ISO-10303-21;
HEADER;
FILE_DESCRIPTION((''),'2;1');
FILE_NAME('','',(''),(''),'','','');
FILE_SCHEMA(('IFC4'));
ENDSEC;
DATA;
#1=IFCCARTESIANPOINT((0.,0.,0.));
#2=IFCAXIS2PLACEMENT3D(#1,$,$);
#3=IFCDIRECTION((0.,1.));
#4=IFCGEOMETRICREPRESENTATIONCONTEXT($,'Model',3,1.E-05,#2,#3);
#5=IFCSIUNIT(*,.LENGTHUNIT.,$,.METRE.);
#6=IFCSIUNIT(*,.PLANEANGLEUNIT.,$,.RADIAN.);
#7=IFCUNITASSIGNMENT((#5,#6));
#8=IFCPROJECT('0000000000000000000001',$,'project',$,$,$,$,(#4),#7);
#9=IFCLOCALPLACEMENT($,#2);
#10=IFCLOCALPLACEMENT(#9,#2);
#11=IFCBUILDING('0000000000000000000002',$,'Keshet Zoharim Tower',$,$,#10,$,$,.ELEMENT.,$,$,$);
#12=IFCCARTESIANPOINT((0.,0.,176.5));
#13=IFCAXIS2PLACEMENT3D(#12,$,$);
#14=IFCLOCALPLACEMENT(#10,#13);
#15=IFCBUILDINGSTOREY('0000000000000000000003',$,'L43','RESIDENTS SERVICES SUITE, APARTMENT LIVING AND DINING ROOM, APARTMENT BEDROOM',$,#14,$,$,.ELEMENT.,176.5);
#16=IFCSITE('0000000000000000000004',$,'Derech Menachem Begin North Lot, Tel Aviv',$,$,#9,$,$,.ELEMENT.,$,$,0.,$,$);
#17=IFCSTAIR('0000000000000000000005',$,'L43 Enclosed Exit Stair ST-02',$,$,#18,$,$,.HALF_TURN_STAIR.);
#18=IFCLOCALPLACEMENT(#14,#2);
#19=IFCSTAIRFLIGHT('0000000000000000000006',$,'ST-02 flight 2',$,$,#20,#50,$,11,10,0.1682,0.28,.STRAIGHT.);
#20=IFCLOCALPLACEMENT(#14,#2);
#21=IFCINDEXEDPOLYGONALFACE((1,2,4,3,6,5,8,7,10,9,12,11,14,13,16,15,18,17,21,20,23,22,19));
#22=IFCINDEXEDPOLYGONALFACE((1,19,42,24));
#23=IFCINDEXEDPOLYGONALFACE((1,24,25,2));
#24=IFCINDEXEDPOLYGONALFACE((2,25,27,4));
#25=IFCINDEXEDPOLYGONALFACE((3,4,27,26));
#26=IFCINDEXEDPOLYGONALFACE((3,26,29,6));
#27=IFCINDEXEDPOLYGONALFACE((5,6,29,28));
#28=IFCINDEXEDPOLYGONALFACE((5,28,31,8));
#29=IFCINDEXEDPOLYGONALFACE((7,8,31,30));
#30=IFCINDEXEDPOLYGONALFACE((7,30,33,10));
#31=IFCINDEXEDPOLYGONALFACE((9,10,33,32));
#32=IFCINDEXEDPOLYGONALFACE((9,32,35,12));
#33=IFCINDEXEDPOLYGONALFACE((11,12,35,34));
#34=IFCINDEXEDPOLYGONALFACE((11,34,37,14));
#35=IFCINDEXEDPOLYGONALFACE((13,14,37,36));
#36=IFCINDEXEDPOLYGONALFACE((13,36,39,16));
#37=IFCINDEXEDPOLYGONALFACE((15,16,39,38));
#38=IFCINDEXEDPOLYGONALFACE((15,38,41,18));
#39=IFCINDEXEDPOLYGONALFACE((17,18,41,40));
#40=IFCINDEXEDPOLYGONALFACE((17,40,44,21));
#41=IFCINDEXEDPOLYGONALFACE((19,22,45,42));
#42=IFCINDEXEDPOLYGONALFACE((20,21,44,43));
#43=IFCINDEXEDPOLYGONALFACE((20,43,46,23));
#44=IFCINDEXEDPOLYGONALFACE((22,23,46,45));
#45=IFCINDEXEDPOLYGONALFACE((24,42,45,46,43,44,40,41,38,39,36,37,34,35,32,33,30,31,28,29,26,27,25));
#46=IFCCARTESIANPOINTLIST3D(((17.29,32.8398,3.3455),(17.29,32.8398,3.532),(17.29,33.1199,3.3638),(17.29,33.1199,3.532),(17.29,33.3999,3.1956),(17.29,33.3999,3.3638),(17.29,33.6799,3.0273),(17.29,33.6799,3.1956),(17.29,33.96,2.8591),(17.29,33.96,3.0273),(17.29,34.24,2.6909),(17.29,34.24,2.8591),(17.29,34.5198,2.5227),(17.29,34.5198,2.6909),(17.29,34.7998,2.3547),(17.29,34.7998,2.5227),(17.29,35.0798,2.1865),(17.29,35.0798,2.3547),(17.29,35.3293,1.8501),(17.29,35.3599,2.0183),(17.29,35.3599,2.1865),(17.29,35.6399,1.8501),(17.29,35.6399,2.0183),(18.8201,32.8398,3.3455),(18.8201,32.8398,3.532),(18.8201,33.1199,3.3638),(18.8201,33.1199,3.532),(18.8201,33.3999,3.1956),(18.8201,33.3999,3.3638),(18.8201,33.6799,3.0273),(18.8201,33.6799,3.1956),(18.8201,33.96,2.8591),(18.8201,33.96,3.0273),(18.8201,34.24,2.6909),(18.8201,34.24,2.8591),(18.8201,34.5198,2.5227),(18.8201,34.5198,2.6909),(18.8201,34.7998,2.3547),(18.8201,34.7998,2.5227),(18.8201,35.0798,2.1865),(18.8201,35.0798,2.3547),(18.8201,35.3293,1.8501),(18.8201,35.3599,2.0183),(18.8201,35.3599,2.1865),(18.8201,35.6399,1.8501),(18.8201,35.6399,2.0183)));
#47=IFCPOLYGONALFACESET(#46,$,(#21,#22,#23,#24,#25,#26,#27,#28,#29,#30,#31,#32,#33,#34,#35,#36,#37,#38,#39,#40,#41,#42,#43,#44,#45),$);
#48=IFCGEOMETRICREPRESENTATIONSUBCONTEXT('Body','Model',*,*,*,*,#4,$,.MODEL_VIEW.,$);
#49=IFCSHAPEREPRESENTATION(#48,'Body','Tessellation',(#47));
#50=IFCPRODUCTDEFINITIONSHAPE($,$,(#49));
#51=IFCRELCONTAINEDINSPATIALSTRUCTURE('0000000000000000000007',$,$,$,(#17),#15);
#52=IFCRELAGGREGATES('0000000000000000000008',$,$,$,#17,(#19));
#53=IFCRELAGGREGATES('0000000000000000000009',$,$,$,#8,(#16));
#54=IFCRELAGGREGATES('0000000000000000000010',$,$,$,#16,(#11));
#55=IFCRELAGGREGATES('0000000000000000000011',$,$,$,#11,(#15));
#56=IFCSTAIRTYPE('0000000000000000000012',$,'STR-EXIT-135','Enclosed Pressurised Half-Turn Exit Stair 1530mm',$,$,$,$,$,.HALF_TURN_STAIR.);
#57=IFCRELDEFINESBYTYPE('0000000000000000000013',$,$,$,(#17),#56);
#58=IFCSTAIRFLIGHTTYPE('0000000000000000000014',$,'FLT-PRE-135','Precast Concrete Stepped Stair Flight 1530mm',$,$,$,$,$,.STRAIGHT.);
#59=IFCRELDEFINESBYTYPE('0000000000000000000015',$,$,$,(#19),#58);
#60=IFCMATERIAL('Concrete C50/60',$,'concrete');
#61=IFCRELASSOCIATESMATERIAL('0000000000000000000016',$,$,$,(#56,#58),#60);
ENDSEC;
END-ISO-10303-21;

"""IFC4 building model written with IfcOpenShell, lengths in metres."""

from ifc_helpers import new_model, si_unit, direction, frame, origin, place, context, subcontext, project, spatial, polyline, outline, extrude, material, type_object, element, aggregate, save


model = new_model("IFC4")

# Units and contexts
model_context = context("Model", 3, precision=1e-05, world=origin(), true_north=direction((0.0, 1.0)))
body_context = subcontext(model_context, "Body", "Model", "MODEL_VIEW")
ifc_project = project(units=[si_unit("LENGTHUNIT", "METRE"), si_unit("PLANEANGLEUNIT", "RADIAN")], contexts=[model_context])

# Site, building, storey
site_placement = place(None, origin())
site = spatial("IfcSite", under=ifc_project, at=site_placement, Name="Derech Menachem Begin North Lot, Tel Aviv", CompositionType="ELEMENT", RefElevation=0.0)
building_placement = place(site_placement, origin())
building = spatial("IfcBuilding", under=site, at=building_placement, Name="Keshet Zoharim Tower", CompositionType="ELEMENT")
storey_placement = place(building_placement, frame((0.0, 0.0, 176.5)))
storey = spatial("IfcBuildingStorey", under=building, at=storey_placement, Name="L43", Description="RESIDENTS SERVICES SUITE, APARTMENT LIVING AND DINING ROOM, APARTMENT BEDROOM", CompositionType="ELEMENT", Elevation=176.5)

# Shared definitions
ifc_material_1 = material(Name="Concrete C50/60", Category="concrete")

# Stair, stair flight
stair_type = type_object("IfcStairType", Name="STR-EXIT-135", Description="Enclosed Pressurised Half-Turn Exit Stair 1530mm", PredefinedType="HALF_TURN_STAIR", material=ifc_material_1)
stair_placement = place(storey_placement, origin())
stair = element("IfcStair", 1, at=stair_placement, inside=storey, type_object=stair_type, Name="L43 Enclosed Exit Stair ST-02", PredefinedType="HALF_TURN_STAIR")
stair_flight_type = type_object("IfcStairFlightType", Name="FLT-PRE-135", Description="Precast Concrete Stepped Stair Flight 1530mm", PredefinedType="STRAIGHT", material=ifc_material_1)
stair_flight_1_placement = place(storey_placement, frame((18.0549, 35.6399, 1.8501), z_axis=(0.0, 0.0, 1.0), x_axis=(0.0, -1.0, 0.0)))
stair_flight_1 = element("IfcStairFlight", 2, at=stair_flight_1_placement, type_object=stair_flight_type, Name="ST-02 flight 2", NumberOfRisers=11, NumberOfTreads=10, PredefinedType="STRAIGHT", RiserHeight=0.1682, TreadLength=0.28, context=body_context, shape_type="SweptSolid", body=[
    extrude(outline(polyline([(0.0, 0.0), (0.0, 0.1682), (0.28, 0.1682), (0.28, 0.3364), (0.5601, 0.3364), (0.5601, 0.5046), (0.8401, 0.5046), (0.8401, 0.6726), (1.1201, 0.6726), (1.1201, 0.8408), (1.3999, 0.8408), (1.3999, 1.009), (1.6799, 1.009), (1.6799, 1.1772), (1.96, 1.1772), (1.96, 1.3455), (2.24, 1.3455), (2.24, 1.5137), (2.52, 1.5137), (2.52, 1.6819), (2.8, 1.6819), (2.8, 1.8501), (2.8, 1.4954), (0.3105, 0.0), (0.0, 0.0)])), frame((0.0, 0.7651, 0.0), z_axis=(0.0, -1.0, 0.0), x_axis=(1.0, 0.0, 0.0)), (0.0, 0.0, 1.0), 1.53),
])
aggregate(stair, [stair_flight_1])

save(model, "model.ifc")
